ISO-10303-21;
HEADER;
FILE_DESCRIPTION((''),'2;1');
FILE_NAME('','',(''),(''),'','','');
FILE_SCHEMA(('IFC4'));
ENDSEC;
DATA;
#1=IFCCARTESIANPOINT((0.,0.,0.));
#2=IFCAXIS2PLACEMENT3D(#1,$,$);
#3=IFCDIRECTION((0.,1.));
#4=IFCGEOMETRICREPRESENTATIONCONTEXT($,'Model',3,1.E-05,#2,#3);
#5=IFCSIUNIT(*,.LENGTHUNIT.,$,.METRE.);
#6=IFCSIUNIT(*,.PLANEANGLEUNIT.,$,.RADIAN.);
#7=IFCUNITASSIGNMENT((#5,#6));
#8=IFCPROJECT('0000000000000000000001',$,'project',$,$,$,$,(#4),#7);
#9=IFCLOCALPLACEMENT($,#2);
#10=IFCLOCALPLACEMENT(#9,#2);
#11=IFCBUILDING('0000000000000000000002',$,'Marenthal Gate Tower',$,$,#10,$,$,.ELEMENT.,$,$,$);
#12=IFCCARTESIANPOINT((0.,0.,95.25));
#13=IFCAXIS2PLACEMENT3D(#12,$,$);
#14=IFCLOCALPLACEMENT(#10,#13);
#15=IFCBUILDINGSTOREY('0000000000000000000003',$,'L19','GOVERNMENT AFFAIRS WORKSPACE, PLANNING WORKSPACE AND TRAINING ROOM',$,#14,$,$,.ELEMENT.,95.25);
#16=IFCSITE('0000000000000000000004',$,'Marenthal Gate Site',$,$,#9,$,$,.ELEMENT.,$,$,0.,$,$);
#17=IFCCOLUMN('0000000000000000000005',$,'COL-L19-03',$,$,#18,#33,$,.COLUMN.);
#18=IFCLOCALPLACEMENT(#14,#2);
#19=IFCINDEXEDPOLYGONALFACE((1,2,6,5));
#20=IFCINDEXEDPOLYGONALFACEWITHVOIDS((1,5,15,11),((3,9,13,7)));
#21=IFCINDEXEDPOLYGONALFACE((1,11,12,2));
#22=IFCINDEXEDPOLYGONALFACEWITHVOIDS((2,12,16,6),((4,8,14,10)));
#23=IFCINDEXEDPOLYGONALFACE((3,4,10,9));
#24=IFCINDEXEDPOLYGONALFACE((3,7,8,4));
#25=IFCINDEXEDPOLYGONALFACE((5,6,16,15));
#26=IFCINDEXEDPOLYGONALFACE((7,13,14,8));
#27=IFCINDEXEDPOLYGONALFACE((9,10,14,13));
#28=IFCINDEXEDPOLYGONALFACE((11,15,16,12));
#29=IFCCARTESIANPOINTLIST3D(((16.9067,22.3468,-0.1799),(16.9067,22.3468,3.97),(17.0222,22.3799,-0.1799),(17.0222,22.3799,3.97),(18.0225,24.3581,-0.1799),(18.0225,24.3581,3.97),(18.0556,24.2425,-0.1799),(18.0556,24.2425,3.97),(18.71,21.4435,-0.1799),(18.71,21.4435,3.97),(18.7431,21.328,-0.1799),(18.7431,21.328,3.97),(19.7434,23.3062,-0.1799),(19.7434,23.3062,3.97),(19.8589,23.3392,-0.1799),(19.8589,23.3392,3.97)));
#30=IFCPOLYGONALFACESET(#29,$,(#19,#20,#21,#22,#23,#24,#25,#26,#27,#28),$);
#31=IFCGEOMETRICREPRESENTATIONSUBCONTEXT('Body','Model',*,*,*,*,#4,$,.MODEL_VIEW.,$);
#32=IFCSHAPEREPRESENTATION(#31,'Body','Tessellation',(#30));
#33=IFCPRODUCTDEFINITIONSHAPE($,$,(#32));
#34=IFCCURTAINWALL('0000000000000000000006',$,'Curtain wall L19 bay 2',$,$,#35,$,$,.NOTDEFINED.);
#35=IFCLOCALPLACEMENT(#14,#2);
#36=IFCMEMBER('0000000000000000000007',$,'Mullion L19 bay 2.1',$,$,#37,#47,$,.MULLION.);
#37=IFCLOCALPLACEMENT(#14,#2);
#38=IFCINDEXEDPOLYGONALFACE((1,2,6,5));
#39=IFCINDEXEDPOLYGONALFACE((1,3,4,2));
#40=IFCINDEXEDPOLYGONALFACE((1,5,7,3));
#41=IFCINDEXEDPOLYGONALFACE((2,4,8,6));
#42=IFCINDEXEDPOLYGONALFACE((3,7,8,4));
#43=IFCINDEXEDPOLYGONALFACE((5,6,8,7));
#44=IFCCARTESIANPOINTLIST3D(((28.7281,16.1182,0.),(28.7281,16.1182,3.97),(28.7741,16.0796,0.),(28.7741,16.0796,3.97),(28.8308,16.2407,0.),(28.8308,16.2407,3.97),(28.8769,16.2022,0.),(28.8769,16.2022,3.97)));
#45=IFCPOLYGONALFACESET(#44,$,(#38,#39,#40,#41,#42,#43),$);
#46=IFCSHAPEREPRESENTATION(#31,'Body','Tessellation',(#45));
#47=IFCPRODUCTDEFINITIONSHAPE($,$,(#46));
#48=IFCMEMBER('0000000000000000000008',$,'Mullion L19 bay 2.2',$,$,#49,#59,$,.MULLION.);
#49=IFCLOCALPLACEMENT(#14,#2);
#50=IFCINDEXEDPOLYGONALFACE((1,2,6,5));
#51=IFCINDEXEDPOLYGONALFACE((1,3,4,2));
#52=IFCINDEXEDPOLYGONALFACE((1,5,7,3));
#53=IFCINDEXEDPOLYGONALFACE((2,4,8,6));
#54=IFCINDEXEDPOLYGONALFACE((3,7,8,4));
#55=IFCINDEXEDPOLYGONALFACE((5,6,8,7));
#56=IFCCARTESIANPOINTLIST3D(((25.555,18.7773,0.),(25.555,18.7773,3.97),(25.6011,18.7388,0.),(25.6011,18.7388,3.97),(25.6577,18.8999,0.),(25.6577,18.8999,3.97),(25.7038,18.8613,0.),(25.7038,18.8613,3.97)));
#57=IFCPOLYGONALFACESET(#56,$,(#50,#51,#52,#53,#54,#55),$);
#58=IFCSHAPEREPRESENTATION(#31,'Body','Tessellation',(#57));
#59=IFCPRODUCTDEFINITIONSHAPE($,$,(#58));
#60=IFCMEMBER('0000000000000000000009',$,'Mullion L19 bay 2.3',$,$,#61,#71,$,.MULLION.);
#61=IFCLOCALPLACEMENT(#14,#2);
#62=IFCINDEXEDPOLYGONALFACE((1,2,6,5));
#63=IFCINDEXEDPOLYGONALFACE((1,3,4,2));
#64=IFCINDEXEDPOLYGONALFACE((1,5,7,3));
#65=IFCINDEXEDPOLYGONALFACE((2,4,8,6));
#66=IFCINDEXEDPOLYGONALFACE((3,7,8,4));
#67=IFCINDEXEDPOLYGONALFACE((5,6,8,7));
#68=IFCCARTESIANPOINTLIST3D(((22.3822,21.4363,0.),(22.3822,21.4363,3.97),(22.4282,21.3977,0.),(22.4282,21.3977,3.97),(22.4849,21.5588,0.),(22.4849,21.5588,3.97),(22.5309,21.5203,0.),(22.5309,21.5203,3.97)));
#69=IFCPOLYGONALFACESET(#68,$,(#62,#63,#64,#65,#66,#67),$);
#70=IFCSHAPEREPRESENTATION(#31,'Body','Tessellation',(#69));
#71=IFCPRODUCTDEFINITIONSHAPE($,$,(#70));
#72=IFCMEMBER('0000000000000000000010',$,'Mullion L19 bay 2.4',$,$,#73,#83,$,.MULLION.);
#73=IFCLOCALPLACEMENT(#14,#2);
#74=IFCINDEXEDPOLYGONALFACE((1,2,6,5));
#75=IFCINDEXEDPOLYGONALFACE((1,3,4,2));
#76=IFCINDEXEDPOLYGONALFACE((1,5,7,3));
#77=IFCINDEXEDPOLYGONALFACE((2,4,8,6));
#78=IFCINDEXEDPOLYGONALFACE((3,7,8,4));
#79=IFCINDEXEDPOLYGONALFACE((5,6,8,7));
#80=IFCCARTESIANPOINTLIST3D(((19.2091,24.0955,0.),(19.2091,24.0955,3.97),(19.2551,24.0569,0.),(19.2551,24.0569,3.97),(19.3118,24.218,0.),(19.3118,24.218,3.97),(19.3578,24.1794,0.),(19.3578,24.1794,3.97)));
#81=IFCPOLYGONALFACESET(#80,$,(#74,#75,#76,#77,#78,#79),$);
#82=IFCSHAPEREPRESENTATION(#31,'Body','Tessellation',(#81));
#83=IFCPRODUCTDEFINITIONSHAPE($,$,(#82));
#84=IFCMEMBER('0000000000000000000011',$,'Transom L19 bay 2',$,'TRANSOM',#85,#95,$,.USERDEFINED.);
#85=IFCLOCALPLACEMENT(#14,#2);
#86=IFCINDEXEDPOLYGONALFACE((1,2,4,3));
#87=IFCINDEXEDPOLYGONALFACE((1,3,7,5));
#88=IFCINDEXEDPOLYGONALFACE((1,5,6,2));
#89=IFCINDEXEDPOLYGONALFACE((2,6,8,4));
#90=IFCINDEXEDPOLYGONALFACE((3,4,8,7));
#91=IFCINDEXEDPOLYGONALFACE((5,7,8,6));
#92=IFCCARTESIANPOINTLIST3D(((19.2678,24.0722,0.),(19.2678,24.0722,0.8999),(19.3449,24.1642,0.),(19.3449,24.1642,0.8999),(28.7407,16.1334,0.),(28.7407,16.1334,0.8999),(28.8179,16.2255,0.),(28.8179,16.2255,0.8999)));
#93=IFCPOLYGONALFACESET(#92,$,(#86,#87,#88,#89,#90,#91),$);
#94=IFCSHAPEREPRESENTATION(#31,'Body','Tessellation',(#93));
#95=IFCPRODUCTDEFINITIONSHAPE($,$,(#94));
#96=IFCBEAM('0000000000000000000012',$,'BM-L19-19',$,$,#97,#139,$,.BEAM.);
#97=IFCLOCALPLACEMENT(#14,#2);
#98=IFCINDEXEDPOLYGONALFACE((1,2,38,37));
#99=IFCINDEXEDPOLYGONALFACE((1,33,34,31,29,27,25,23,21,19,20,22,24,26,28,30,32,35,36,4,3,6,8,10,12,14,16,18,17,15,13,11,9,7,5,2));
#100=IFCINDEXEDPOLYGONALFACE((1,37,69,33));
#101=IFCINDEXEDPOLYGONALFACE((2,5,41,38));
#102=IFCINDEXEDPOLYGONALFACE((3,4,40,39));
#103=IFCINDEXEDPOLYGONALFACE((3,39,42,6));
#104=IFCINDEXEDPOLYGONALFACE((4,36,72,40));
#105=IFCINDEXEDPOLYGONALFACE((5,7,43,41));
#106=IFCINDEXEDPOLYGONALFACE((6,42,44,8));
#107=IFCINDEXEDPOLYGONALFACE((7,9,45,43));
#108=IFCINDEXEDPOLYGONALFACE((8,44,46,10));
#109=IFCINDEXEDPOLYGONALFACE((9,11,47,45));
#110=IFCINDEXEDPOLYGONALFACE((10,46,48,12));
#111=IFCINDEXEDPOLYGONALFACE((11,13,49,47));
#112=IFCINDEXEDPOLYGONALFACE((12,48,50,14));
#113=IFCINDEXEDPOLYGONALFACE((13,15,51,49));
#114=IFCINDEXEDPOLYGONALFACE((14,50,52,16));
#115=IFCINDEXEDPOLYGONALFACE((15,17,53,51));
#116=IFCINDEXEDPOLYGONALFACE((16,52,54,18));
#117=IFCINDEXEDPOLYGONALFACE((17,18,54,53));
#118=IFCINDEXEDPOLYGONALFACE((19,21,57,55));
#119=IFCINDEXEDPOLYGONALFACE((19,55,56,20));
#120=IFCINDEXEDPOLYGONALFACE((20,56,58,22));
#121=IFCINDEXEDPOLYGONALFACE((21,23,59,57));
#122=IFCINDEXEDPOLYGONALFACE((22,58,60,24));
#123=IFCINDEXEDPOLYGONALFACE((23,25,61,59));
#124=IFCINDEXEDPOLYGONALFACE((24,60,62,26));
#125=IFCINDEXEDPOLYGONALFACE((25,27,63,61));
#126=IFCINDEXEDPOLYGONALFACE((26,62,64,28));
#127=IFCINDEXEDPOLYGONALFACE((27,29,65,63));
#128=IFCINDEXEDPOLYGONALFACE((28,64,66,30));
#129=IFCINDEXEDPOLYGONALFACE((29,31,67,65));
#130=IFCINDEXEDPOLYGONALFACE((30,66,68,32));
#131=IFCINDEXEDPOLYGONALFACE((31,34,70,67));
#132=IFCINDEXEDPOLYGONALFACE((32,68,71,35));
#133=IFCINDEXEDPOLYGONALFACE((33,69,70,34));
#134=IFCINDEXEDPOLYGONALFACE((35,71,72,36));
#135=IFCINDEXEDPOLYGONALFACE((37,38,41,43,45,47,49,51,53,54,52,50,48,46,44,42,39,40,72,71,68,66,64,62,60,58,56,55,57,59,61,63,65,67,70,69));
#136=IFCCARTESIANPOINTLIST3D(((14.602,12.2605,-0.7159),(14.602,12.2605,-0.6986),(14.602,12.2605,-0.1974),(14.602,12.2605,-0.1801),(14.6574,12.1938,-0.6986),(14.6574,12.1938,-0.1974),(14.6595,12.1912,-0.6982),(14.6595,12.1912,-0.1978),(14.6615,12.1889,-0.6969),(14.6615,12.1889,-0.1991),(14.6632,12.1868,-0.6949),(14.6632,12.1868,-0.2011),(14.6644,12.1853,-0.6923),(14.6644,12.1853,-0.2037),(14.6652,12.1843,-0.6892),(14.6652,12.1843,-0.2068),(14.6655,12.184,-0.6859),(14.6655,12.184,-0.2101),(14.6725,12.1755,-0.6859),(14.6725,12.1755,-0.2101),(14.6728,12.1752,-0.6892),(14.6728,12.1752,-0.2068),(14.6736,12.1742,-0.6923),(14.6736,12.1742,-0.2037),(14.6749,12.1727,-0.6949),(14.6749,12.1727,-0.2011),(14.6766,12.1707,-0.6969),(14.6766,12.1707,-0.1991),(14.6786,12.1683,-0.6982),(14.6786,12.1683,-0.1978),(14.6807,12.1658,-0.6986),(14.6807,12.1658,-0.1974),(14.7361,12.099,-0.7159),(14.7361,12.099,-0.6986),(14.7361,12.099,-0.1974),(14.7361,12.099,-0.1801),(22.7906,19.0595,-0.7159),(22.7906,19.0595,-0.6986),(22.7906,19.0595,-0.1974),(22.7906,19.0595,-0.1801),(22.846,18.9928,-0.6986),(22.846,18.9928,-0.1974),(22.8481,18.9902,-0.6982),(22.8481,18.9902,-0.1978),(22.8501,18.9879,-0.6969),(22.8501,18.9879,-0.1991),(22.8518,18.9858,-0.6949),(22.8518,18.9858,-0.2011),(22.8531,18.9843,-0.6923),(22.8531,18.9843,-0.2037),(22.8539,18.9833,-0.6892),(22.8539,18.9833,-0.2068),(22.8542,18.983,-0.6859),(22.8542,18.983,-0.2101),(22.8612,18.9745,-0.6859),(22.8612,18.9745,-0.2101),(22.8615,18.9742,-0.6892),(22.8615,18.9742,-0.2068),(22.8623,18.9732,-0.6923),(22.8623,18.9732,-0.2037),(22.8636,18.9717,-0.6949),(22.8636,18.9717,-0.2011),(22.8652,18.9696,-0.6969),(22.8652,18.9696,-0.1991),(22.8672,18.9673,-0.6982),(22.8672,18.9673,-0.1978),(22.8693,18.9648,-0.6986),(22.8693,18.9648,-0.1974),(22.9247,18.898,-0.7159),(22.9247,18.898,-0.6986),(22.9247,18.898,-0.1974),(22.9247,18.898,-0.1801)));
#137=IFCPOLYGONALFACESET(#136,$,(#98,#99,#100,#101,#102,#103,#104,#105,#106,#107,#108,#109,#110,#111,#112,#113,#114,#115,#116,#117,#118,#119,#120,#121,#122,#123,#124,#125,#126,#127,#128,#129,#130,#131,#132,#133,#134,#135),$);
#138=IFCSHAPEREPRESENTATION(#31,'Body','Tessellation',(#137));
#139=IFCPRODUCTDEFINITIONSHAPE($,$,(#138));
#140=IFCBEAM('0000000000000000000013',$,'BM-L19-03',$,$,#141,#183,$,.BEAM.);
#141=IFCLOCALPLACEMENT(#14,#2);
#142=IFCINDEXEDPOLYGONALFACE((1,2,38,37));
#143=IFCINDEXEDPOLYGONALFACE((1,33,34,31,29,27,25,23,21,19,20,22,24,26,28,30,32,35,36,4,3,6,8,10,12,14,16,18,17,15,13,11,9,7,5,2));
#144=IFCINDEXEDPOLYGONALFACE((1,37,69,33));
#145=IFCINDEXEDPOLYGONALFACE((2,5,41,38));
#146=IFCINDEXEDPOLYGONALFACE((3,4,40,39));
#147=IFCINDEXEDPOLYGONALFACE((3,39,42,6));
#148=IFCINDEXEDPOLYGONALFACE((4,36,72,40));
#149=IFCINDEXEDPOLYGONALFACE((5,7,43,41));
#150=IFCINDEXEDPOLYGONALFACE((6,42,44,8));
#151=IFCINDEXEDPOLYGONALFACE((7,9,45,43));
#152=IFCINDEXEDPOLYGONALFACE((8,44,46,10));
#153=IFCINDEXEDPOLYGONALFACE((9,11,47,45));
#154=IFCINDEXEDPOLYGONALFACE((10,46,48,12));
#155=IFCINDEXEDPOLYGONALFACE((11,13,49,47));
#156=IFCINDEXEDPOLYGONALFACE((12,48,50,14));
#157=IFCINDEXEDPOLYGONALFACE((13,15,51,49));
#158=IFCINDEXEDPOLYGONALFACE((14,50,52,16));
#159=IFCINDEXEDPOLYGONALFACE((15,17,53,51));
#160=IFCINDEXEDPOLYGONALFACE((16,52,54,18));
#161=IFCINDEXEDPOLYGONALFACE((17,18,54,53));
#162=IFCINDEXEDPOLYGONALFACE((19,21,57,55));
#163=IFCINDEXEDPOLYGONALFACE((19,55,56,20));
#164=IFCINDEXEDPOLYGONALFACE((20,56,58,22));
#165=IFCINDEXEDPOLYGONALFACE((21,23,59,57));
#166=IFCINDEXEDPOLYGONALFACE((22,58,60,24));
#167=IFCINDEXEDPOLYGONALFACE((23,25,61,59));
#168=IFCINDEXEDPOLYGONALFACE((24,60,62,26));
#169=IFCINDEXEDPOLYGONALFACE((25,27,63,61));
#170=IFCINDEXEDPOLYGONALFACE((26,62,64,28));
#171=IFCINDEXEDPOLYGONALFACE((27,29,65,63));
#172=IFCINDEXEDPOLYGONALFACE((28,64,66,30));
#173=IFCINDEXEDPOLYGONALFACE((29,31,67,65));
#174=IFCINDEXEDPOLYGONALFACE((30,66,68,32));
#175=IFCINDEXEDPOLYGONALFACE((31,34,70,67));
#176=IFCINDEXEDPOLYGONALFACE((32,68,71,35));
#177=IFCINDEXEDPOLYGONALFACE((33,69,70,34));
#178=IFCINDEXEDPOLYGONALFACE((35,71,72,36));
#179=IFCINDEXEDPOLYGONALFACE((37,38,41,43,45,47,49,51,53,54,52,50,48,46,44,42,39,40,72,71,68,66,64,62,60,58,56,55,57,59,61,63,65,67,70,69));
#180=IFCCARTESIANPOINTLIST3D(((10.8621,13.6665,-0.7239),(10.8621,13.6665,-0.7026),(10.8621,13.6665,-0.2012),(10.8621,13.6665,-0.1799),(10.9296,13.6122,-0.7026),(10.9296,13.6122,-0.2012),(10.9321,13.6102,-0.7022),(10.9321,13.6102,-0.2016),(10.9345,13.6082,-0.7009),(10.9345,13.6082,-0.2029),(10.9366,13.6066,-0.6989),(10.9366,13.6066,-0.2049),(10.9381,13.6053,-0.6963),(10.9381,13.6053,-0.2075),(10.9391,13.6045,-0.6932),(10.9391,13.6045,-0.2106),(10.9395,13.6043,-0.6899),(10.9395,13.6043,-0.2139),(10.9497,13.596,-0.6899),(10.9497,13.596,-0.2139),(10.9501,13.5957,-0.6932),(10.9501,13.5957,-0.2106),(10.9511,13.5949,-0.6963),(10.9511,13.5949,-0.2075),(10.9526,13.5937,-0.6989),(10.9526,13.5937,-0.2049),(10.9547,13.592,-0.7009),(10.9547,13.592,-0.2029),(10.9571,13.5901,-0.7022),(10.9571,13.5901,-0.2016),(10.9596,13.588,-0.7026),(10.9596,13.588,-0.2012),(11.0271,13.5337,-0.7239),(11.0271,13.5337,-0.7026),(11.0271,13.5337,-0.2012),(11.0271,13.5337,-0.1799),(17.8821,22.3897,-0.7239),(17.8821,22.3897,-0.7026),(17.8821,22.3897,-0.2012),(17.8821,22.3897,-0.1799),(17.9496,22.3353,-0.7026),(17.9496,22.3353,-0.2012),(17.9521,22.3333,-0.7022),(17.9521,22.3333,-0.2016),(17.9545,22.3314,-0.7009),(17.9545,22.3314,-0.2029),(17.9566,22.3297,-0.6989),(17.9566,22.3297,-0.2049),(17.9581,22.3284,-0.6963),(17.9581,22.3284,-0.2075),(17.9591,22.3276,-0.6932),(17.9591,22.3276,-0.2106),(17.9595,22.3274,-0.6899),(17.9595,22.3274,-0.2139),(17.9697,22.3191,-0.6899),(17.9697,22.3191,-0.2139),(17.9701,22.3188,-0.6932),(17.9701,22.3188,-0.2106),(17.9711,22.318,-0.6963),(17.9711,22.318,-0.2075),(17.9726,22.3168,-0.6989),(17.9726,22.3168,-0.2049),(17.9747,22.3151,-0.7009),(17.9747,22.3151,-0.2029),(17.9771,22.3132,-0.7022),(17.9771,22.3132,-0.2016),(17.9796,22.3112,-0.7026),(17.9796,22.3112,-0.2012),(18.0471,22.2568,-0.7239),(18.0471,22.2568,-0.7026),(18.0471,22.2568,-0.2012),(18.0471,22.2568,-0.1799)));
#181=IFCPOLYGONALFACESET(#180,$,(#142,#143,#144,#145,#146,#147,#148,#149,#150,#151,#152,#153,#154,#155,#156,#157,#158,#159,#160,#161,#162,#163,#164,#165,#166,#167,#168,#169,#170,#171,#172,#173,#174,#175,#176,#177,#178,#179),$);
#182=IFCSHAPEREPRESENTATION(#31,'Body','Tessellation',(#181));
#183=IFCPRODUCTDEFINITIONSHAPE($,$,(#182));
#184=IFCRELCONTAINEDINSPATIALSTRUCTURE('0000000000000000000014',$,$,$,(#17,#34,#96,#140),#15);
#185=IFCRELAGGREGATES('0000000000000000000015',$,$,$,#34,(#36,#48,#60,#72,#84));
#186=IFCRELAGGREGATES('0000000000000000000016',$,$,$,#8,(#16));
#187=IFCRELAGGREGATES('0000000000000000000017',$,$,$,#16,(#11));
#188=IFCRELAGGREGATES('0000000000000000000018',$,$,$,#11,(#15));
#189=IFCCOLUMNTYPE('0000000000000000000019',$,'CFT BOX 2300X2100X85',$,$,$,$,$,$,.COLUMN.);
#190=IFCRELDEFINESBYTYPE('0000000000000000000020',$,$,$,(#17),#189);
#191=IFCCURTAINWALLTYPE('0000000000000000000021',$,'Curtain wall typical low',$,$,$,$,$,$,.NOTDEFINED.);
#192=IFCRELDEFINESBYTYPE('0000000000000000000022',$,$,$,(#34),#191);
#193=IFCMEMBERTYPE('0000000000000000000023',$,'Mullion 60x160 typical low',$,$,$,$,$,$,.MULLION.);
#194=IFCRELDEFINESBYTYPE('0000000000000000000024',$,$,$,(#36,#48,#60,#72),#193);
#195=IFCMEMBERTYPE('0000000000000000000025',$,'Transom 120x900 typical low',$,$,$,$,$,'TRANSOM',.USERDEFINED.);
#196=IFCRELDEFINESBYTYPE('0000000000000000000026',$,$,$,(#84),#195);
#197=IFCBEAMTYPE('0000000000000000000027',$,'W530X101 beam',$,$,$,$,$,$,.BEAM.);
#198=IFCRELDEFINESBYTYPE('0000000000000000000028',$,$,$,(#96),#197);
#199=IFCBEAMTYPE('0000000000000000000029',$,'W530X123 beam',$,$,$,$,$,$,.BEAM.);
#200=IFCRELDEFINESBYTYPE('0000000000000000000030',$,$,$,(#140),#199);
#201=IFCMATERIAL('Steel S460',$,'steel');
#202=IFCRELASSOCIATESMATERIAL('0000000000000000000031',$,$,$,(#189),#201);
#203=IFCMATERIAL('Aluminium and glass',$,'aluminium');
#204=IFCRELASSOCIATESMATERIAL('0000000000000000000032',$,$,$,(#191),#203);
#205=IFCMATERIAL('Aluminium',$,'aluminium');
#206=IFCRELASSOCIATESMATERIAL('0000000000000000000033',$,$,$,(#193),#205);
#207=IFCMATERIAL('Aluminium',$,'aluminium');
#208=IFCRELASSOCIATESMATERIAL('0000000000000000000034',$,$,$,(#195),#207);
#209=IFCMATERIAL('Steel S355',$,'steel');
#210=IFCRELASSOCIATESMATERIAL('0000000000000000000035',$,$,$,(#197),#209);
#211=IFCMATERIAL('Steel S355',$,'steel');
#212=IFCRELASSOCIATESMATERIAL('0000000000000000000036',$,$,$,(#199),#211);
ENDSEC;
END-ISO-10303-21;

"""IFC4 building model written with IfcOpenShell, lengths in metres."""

from ifc_helpers import new_model, si_unit, direction, frame, origin, origin_2d, place, context, subcontext, project, spatial, rectangle, hollow_rectangle, i_section, extrude, material, material_profile, profile_set, type_object, element, aggregate, save


model = new_model("IFC4")

# Units and contexts
model_context = context("Model", 3, precision=1e-05, world=origin(), true_north=direction((0.0, 1.0)))
body_context = subcontext(model_context, "Body", "Model", "MODEL_VIEW")
ifc_project = project(units=[si_unit("LENGTHUNIT", "METRE"), si_unit("PLANEANGLEUNIT", "RADIAN")], contexts=[model_context])

# Site, building, storey
site_placement = place(None, origin())
site = spatial("IfcSite", under=ifc_project, at=site_placement, Name="Marenthal Gate Site", CompositionType="ELEMENT", RefElevation=0.0)
building_placement = place(site_placement, origin())
building = spatial("IfcBuilding", under=site, at=building_placement, Name="Marenthal Gate Tower", CompositionType="ELEMENT")
storey_placement = place(building_placement, frame((0.0, 0.0, 95.25)))
storey = spatial("IfcBuildingStorey", under=building, at=storey_placement, Name="L19", Description="GOVERNMENT AFFAIRS WORKSPACE, PLANNING WORKSPACE AND TRAINING ROOM", CompositionType="ELEMENT", Elevation=95.25)

# Column
ifc_material_1 = material(Name="Steel S460", Category="steel")
ifc_material_profile_1 = material_profile(ifc_material_1, hollow_rectangle(XDim=2.1001, YDim=2.3, WallThickness=0.085, at=origin_2d()), Name="CFT BOX 2300X2100X85")
ifc_material_2 = material(Name="Concrete 70 MPa", Category="concrete")
ifc_material_profile_2 = material_profile(ifc_material_2, rectangle(XDim=1.9299, YDim=2.1299, at=origin_2d()), Name="CFT BOX 2300X2100X85 INFILL")
ifc_profile_set_1 = profile_set([ifc_material_profile_1, ifc_material_profile_2], Name="Steel S460 shell, Concrete 70 MPa infill")
column_type = type_object("IfcColumnType", Name="CFT BOX 2300X2100X85", PredefinedType="COLUMN", material=ifc_profile_set_1)
column_placement = place(storey_placement, frame((18.3828, 22.843, -0.1799), z_axis=(0.0, 0.0, 1.0), x_axis=(0.874442, -0.48513, 0.0)))
element("IfcColumn", 1, at=column_placement, inside=storey, type_object=column_type, Name="COL-L19-03", PredefinedType="COLUMN", context=body_context, shape_type="SweptSolid", body=[
    extrude(hollow_rectangle(XDim=2.1001, YDim=2.3, WallThickness=0.085, at=origin_2d()), origin(), (0.0, 0.0, 1.0), 4.1499),
])

# Curtain wall, members
ifc_material_3 = material(Name="Aluminium and glass", Category="aluminium")
curtain_wall_type = type_object("IfcCurtainWallType", Name="Curtain wall typical low", PredefinedType="NOTDEFINED", material=ifc_material_3)
curtain_wall_placement = place(storey_placement, origin())
curtain_wall = element("IfcCurtainWall", 2, at=curtain_wall_placement, inside=storey, type_object=curtain_wall_type, Name="Curtain wall L19 bay 2", PredefinedType="NOTDEFINED")
ifc_material_4 = material(Name="Aluminium", Category="aluminium")
ifc_material_profile_3 = material_profile(ifc_material_4, rectangle(XDim=0.1599, YDim=0.0601, at=origin_2d()), Name="60x160 aluminium mullion")
ifc_profile_set_2 = profile_set([ifc_material_profile_3], Name="Aluminium")
member_type_1 = type_object("IfcMemberType", Name="Mullion 60x160 typical low", PredefinedType="MULLION", material=ifc_profile_set_2)
member_1_placement = place(storey_placement, frame((28.8025, 16.1602, 0.0), z_axis=(0.0, 0.0, 1.0), x_axis=(-0.642308, -0.766447, 0.0)))
member_1 = element("IfcMember", 3, at=member_1_placement, type_object=member_type_1, Name="Mullion L19 bay 2.1", PredefinedType="MULLION", context=body_context, shape_type="SweptSolid", body=[
    extrude(rectangle(XDim=0.1599, YDim=0.0601, at=origin_2d()), origin(), (0.0, 0.0, 1.0), 3.97),
])
member_2_placement = place(storey_placement, frame((25.6294, 18.8193, 0.0), z_axis=(0.0, 0.0, 1.0), x_axis=(-0.642308, -0.766447, 0.0)))
member_2 = element("IfcMember", 4, at=member_2_placement, type_object=member_type_1, Name="Mullion L19 bay 2.2", PredefinedType="MULLION", context=body_context, shape_type="SweptSolid", body=[
    extrude(rectangle(XDim=0.1599, YDim=0.0601, at=origin_2d()), origin(), (0.0, 0.0, 1.0), 3.97),
])
member_3_placement = place(storey_placement, frame((22.4565, 21.4783, 0.0), z_axis=(0.0, 0.0, 1.0), x_axis=(-0.642308, -0.766447, 0.0)))
member_3 = element("IfcMember", 5, at=member_3_placement, type_object=member_type_1, Name="Mullion L19 bay 2.3", PredefinedType="MULLION", context=body_context, shape_type="SweptSolid", body=[
    extrude(rectangle(XDim=0.1599, YDim=0.0601, at=origin_2d()), origin(), (0.0, 0.0, 1.0), 3.97),
])
member_4_placement = place(storey_placement, frame((19.2834, 24.1375, 0.0), z_axis=(0.0, 0.0, 1.0), x_axis=(-0.642308, -0.766447, 0.0)))
member_4 = element("IfcMember", 6, at=member_4_placement, type_object=member_type_1, Name="Mullion L19 bay 2.4", PredefinedType="MULLION", context=body_context, shape_type="SweptSolid", body=[
    extrude(rectangle(XDim=0.1599, YDim=0.0601, at=origin_2d()), origin(), (0.0, 0.0, 1.0), 3.97),
])
ifc_material_5 = material(Name="Aluminium", Category="aluminium")
ifc_material_profile_4 = material_profile(ifc_material_5, rectangle(XDim=0.1201, YDim=0.8999, at=origin_2d()), Name="120x900 aluminium transom")
ifc_profile_set_3 = profile_set([ifc_material_profile_4], Name="Aluminium")
member_type_2 = type_object("IfcMemberType", Name="Transom 120x900 typical low", ElementType="TRANSOM", PredefinedType="USERDEFINED", material=ifc_profile_set_3)
member_5_placement = place(storey_placement, frame((28.7793, 16.1794, 0.45), z_axis=(-0.766442, 0.642313, 0.0), x_axis=(-0.642313, -0.766442, 0.0)))
member_5 = element("IfcMember", 7, at=member_5_placement, type_object=member_type_2, Name="Transom L19 bay 2", ObjectType="TRANSOM", PredefinedType="USERDEFINED", context=body_context, shape_type="SweptSolid", body=[
    extrude(rectangle(XDim=0.1201, YDim=0.8999, at=origin_2d()), origin(), (0.0, 0.0, 1.0), 12.3596),
])

# Beams
ifc_material_6 = material(Name="Steel S355", Category="steel")
ifc_material_profile_5 = material_profile(ifc_material_6, i_section(OverallWidth=0.21, OverallDepth=0.5359, WebThickness=0.011, FlangeThickness=0.0173, FilletRadius=0.0127, at=origin_2d()), Name="W530X101")
ifc_profile_set_4 = profile_set([ifc_material_profile_5], Name="Steel S355")
beam_type_1 = type_object("IfcBeamType", Name="W530X101 beam", PredefinedType="BEAM", material=ifc_profile_set_4)
beam_1_placement = place(storey_placement, frame((22.8577, 18.9788, -0.448), z_axis=(-0.769369, -0.638805, 0.0), x_axis=(0.638805, -0.769369, 0.0)))
element("IfcBeam", 8, at=beam_1_placement, inside=storey, type_object=beam_type_1, Name="BM-L19-19", PredefinedType="BEAM", context=body_context, shape_type="SweptSolid", body=[
    extrude(i_section(OverallWidth=0.21, OverallDepth=0.5359, WebThickness=0.011, FlangeThickness=0.0173, FilletRadius=0.0127, at=origin_2d()), origin(), (0.0, 0.0, 1.0), 10.6433),
])
ifc_material_7 = material(Name="Steel S355", Category="steel")
ifc_material_profile_6 = material_profile(ifc_material_7, i_section(OverallWidth=0.2119, OverallDepth=0.5439, WebThickness=0.0132, FlangeThickness=0.0212, FilletRadius=0.0127, at=origin_2d()), Name="W530X123")
ifc_profile_set_5 = profile_set([ifc_material_profile_6], Name="Steel S355")
beam_type_2 = type_object("IfcBeamType", Name="W530X123 beam", PredefinedType="BEAM", material=ifc_profile_set_5)
beam_2_placement = place(storey_placement, frame((17.9646, 22.3232, -0.4519), z_axis=(-0.626953, -0.779057, 0.0), x_axis=(0.779057, -0.626953, 0.0)))
element("IfcBeam", 9, at=beam_2_placement, inside=storey, type_object=beam_type_2, Name="BM-L19-03", PredefinedType="BEAM", context=body_context, shape_type="SweptSolid", body=[
    extrude(i_section(OverallWidth=0.2119, OverallDepth=0.5439, WebThickness=0.0132, FlangeThickness=0.0212, FilletRadius=0.0127, at=origin_2d()), origin(), (0.0, 0.0, 1.0), 11.197),
])

aggregate(curtain_wall, [member_1, member_2, member_3, member_4, member_5])

save(model, "model.ifc")
